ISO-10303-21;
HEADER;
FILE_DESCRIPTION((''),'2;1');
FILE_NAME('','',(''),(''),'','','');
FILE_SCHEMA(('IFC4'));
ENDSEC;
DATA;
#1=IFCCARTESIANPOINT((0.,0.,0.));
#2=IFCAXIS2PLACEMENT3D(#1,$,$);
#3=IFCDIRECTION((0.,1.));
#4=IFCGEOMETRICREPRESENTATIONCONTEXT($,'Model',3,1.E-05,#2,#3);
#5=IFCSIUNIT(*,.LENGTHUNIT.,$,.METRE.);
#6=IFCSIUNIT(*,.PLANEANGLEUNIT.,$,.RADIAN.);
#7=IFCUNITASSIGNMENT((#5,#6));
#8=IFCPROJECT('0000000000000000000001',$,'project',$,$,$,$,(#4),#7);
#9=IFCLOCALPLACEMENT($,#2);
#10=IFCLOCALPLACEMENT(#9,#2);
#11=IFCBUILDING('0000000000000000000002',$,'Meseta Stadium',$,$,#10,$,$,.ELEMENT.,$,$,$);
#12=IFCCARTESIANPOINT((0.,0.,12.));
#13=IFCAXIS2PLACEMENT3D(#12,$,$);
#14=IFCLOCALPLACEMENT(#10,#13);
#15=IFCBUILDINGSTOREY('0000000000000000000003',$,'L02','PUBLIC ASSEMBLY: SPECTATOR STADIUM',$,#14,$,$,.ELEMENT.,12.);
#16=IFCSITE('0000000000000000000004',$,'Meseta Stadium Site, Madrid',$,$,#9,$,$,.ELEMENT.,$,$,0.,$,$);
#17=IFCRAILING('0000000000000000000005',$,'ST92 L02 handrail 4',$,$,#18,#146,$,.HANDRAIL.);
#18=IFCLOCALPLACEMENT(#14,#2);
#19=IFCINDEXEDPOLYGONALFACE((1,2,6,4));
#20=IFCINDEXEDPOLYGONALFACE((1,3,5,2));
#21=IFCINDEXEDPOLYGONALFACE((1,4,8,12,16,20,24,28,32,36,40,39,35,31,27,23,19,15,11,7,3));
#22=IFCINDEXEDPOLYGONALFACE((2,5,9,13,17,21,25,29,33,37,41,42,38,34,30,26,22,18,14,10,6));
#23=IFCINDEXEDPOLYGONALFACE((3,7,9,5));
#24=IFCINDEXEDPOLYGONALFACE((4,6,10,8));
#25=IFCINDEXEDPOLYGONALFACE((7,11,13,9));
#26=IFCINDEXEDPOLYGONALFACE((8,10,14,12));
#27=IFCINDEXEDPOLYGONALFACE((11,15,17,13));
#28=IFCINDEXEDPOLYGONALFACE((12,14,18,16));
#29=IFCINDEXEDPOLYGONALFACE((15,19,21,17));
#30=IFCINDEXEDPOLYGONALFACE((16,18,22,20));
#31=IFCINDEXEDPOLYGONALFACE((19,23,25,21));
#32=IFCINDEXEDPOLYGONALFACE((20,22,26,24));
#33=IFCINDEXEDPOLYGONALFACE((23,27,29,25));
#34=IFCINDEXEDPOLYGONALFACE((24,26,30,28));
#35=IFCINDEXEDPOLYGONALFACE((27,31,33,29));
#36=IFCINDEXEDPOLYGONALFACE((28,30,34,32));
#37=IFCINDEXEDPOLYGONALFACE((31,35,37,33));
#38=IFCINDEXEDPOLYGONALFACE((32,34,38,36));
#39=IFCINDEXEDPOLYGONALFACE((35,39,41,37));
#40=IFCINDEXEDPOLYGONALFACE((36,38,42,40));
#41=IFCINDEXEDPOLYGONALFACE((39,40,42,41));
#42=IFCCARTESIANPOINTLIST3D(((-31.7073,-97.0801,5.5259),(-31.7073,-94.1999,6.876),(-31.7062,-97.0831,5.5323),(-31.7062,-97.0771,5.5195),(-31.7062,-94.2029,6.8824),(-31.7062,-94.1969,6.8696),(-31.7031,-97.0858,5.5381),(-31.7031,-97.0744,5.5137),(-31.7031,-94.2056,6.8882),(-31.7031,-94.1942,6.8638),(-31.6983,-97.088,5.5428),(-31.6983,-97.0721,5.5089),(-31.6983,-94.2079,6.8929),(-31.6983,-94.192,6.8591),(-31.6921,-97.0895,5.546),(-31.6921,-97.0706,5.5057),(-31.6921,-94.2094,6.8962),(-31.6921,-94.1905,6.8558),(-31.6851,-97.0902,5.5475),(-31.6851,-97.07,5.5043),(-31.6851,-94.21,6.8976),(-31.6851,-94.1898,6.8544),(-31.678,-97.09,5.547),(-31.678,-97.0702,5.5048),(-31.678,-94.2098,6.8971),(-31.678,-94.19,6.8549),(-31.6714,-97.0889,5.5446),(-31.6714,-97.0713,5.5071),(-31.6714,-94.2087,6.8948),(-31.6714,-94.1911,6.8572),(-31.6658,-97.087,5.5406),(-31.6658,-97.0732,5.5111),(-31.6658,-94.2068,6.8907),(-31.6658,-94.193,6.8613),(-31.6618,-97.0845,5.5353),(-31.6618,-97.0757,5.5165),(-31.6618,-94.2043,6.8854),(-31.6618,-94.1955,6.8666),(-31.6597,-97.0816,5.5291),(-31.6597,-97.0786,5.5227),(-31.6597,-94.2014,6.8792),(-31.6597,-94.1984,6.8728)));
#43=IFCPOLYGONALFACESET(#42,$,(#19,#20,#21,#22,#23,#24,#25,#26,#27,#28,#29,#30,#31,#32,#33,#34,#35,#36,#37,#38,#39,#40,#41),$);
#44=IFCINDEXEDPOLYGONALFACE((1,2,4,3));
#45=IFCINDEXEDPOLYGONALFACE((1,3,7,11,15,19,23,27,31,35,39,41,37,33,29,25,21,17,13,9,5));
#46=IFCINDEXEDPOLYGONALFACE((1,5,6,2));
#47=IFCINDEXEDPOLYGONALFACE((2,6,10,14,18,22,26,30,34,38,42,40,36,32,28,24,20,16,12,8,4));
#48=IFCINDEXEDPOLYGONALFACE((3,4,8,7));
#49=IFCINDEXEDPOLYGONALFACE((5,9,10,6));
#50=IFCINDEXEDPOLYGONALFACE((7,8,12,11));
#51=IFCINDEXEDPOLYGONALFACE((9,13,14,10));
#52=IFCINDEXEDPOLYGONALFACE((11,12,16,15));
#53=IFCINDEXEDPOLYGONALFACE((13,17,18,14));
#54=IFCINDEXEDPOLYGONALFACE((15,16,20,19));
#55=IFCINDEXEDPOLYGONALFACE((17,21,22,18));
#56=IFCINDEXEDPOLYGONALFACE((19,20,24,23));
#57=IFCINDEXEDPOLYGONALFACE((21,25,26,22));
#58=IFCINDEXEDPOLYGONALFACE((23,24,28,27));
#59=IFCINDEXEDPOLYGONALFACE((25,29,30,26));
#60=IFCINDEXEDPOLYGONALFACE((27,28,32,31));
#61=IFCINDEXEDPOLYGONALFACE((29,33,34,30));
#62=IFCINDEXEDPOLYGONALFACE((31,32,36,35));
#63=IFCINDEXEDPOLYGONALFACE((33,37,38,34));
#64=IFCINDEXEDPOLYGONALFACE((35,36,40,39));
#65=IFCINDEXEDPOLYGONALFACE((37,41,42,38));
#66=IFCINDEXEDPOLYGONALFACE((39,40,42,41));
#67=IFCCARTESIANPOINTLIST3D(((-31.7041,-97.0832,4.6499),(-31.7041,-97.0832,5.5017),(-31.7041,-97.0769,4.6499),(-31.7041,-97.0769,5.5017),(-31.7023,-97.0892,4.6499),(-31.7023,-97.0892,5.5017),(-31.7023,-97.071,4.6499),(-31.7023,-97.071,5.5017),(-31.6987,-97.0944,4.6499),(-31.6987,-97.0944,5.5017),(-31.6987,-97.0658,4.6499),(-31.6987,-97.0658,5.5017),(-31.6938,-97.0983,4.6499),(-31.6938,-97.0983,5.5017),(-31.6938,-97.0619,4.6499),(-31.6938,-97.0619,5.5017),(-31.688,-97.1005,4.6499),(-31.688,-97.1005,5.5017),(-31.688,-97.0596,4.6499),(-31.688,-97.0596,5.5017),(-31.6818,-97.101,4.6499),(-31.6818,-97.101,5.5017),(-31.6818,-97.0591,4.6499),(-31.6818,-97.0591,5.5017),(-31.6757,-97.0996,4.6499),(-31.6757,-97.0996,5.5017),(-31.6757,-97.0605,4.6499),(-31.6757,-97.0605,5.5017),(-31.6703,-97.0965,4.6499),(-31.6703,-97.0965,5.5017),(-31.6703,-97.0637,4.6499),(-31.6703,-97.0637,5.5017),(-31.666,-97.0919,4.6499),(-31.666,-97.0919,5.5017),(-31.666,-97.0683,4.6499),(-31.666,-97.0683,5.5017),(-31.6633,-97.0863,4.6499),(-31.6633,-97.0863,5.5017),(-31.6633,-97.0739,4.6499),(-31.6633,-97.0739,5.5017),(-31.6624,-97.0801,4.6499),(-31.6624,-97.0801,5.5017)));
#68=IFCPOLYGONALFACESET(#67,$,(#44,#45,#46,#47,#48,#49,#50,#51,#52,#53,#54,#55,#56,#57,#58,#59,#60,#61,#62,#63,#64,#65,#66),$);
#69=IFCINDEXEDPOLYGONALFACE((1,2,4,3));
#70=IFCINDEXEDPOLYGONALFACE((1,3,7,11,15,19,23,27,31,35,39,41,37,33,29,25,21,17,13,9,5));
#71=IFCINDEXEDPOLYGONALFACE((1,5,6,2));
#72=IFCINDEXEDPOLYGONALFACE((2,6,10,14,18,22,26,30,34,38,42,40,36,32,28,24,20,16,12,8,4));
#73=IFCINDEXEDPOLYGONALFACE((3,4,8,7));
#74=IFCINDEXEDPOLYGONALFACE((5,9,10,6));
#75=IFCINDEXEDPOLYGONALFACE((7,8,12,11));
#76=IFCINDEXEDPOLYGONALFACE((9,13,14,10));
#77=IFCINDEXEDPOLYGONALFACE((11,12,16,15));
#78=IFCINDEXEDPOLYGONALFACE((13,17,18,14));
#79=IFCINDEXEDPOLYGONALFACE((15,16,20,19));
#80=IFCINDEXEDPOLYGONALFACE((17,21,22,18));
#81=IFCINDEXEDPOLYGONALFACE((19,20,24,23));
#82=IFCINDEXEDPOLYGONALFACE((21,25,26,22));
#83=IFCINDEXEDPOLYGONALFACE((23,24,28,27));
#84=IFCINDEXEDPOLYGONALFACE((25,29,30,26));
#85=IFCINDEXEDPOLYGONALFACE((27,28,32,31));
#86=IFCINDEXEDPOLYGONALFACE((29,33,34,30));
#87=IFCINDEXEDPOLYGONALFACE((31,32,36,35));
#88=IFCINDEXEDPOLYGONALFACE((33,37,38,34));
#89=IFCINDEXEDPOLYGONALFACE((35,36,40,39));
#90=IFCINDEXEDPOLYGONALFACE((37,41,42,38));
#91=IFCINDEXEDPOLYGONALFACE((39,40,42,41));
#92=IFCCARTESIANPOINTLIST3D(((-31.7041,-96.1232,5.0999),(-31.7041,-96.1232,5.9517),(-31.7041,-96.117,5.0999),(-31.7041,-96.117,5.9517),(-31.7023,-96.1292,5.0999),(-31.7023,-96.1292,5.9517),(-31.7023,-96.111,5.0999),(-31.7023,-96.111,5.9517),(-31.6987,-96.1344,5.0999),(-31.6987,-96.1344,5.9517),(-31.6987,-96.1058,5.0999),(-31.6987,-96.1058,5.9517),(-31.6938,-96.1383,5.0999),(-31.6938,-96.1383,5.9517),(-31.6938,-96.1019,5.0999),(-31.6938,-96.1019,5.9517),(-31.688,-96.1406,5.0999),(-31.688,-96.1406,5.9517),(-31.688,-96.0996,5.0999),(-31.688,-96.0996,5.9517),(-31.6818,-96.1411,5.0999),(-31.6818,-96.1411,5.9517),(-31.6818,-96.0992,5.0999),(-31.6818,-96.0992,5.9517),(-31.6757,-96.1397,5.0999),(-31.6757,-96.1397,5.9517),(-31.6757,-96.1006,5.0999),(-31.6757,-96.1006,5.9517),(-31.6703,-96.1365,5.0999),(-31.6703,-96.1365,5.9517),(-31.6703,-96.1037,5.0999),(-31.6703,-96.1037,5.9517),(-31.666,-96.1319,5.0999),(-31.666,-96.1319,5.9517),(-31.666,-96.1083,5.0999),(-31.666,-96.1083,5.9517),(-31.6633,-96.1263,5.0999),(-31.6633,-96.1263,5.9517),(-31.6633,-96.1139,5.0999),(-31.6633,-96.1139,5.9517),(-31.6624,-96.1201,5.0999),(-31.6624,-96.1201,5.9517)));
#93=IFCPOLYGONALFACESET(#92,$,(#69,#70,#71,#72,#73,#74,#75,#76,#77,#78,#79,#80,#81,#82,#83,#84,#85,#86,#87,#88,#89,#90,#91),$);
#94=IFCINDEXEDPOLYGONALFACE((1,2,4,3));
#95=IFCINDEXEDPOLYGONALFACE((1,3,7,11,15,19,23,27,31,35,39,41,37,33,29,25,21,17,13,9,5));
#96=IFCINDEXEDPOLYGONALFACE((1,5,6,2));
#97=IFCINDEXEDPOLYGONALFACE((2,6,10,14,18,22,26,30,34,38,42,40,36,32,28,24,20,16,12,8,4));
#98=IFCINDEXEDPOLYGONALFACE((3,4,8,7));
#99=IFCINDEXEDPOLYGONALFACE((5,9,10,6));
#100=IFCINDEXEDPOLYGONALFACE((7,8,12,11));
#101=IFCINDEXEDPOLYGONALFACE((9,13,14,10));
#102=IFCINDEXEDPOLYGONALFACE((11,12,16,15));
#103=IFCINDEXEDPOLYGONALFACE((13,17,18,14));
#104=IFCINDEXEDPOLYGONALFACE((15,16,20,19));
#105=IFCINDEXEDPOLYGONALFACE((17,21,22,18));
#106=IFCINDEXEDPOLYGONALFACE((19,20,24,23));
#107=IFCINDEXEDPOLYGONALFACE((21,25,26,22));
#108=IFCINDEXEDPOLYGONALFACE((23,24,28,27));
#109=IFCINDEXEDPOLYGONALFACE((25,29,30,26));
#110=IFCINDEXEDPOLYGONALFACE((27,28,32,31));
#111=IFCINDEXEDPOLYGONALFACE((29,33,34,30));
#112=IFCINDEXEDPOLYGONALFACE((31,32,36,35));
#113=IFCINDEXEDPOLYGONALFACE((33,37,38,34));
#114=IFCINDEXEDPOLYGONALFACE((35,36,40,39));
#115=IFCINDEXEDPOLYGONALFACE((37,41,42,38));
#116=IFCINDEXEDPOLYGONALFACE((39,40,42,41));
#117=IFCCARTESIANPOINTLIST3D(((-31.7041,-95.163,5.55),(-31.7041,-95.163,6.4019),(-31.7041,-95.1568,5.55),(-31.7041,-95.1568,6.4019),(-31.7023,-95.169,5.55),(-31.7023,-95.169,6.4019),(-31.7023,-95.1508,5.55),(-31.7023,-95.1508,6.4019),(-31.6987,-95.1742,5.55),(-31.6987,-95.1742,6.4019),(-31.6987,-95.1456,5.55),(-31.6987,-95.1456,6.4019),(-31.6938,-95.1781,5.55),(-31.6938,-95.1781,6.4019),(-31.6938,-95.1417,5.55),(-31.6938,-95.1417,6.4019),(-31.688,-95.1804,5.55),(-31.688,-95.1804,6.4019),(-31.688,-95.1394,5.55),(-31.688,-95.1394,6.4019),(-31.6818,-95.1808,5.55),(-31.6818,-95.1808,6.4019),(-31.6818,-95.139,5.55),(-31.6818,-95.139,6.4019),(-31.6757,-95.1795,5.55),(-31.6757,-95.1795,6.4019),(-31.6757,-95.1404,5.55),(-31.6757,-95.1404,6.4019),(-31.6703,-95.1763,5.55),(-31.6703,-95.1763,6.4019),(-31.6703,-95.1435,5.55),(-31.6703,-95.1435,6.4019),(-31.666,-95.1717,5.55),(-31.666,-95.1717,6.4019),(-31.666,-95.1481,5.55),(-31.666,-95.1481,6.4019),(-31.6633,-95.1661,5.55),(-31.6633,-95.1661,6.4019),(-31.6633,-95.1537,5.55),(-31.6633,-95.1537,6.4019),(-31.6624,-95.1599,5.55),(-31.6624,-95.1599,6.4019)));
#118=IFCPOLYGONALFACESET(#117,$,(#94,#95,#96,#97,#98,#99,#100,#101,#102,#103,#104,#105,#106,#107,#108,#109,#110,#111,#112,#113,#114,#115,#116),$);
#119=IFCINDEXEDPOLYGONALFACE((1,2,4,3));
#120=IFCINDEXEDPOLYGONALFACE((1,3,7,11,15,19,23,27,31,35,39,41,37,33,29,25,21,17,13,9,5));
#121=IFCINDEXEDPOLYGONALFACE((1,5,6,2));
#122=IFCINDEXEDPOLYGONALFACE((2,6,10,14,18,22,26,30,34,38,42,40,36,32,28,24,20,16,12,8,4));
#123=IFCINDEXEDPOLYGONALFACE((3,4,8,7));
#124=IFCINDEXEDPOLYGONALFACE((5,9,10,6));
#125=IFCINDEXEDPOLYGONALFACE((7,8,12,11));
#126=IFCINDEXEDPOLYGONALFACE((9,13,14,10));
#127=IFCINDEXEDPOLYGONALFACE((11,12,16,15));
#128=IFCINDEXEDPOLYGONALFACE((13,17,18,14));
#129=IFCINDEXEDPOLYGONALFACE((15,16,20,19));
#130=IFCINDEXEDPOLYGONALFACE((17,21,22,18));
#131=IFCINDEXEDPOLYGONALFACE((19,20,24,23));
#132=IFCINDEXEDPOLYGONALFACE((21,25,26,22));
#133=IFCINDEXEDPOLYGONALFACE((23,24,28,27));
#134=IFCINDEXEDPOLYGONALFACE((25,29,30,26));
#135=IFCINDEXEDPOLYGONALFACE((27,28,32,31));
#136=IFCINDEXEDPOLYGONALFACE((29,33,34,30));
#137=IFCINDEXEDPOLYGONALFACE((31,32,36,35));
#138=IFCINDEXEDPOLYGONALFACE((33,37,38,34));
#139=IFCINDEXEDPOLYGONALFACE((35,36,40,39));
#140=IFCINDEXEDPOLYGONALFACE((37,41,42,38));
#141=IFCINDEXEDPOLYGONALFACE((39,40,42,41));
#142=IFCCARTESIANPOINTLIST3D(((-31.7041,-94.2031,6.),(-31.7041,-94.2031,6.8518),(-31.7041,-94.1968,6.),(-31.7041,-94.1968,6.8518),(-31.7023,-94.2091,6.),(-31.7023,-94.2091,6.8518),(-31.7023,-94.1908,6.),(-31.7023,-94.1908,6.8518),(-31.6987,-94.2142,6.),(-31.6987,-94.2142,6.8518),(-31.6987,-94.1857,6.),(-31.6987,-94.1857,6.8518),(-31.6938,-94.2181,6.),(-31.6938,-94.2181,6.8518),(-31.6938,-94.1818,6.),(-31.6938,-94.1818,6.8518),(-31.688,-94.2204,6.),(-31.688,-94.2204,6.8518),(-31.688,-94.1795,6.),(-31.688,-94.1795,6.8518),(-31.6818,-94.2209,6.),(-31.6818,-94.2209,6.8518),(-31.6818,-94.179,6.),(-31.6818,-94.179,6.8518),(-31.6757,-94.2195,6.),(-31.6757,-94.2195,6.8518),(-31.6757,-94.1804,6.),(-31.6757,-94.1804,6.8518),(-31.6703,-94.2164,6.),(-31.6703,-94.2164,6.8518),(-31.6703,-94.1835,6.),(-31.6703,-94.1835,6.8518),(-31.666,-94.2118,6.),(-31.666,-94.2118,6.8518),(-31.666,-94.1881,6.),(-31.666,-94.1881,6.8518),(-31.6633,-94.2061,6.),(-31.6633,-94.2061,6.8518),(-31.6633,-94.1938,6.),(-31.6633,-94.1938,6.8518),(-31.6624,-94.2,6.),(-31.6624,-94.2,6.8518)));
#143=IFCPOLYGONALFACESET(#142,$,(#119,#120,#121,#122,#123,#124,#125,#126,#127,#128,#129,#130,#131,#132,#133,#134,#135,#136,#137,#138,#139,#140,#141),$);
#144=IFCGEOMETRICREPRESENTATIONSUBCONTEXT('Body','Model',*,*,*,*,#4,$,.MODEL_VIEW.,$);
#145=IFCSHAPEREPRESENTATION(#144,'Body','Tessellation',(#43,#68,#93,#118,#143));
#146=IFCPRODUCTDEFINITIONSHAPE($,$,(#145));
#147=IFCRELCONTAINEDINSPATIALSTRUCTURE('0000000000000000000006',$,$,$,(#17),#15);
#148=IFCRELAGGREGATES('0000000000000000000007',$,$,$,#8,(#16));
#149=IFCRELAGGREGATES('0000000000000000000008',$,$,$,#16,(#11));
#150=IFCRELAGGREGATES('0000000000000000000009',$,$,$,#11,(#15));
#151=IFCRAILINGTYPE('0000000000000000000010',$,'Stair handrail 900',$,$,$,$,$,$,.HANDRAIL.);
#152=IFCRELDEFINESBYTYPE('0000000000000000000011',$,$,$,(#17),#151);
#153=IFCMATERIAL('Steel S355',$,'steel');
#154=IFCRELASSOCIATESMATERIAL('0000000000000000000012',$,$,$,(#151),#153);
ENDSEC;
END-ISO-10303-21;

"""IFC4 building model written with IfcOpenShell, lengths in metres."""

from ifc_helpers import new_model, si_unit, direction, frame, origin, origin_2d, place, context, subcontext, project, spatial, circle, extrude, material, type_object, element, save


model = new_model("IFC4")

# Units and contexts
model_context = context("Model", 3, precision=1e-05, world=origin(), true_north=direction((0.0, 1.0)))
body_context = subcontext(model_context, "Body", "Model", "MODEL_VIEW")
ifc_project = project(units=[si_unit("LENGTHUNIT", "METRE"), si_unit("PLANEANGLEUNIT", "RADIAN")], contexts=[model_context])

# Site, building, storey
site_placement = place(None, origin())
site = spatial("IfcSite", under=ifc_project, at=site_placement, Name="Meseta Stadium Site, Madrid", CompositionType="ELEMENT", RefElevation=0.0)
building_placement = place(site_placement, origin())
building = spatial("IfcBuilding", under=site, at=building_placement, Name="Meseta Stadium", CompositionType="ELEMENT")
storey_placement = place(building_placement, frame((0.0, 0.0, 12.0)))
storey = spatial("IfcBuildingStorey", under=building, at=storey_placement, Name="L02", Description="PUBLIC ASSEMBLY: SPECTATOR STADIUM", CompositionType="ELEMENT", Elevation=12.0)

# Railing
ifc_material_1 = material(Name="Steel S355", Category="steel")
railing_type_1 = type_object("IfcRailingType", Name="Stair handrail 900", PredefinedType="HANDRAIL", material=ifc_material_1)
for number, where, name in (
    (1, (-31.6833, -97.0801, 4.6499), "ST92 L02 handrail 4"),
):
    element("IfcRailing", number, at=place(storey_placement, frame(where)), inside=storey, type_object=railing_type_1, Name=name, PredefinedType="HANDRAIL", context=body_context, shape_type="SweptSolid", body=[
        extrude(circle(Radius=0.0239, at=origin_2d()), frame((0.0, 0.0, 0.876), z_axis=(0.0, 0.905454, 0.424444), x_axis=(-1.0, 0.0, 0.0)), (0.0, 0.0, 1.0), 3.1809),
        extrude(circle(Radius=0.021, at=origin_2d()), origin(), (0.0, 0.0, 1.0), 0.8518),
        extrude(circle(Radius=0.021, at=origin_2d()), frame((0.0, 0.96, 0.45)), (0.0, 0.0, 1.0), 0.8518),
        extrude(circle(Radius=0.021, at=origin_2d()), frame((0.0, 1.9202, 0.9001)), (0.0, 0.0, 1.0), 0.8518),
        extrude(circle(Radius=0.021, at=origin_2d()), frame((0.0, 2.8801, 1.3501)), (0.0, 0.0, 1.0), 0.8518),
    ])

save(model, "model.ifc")
